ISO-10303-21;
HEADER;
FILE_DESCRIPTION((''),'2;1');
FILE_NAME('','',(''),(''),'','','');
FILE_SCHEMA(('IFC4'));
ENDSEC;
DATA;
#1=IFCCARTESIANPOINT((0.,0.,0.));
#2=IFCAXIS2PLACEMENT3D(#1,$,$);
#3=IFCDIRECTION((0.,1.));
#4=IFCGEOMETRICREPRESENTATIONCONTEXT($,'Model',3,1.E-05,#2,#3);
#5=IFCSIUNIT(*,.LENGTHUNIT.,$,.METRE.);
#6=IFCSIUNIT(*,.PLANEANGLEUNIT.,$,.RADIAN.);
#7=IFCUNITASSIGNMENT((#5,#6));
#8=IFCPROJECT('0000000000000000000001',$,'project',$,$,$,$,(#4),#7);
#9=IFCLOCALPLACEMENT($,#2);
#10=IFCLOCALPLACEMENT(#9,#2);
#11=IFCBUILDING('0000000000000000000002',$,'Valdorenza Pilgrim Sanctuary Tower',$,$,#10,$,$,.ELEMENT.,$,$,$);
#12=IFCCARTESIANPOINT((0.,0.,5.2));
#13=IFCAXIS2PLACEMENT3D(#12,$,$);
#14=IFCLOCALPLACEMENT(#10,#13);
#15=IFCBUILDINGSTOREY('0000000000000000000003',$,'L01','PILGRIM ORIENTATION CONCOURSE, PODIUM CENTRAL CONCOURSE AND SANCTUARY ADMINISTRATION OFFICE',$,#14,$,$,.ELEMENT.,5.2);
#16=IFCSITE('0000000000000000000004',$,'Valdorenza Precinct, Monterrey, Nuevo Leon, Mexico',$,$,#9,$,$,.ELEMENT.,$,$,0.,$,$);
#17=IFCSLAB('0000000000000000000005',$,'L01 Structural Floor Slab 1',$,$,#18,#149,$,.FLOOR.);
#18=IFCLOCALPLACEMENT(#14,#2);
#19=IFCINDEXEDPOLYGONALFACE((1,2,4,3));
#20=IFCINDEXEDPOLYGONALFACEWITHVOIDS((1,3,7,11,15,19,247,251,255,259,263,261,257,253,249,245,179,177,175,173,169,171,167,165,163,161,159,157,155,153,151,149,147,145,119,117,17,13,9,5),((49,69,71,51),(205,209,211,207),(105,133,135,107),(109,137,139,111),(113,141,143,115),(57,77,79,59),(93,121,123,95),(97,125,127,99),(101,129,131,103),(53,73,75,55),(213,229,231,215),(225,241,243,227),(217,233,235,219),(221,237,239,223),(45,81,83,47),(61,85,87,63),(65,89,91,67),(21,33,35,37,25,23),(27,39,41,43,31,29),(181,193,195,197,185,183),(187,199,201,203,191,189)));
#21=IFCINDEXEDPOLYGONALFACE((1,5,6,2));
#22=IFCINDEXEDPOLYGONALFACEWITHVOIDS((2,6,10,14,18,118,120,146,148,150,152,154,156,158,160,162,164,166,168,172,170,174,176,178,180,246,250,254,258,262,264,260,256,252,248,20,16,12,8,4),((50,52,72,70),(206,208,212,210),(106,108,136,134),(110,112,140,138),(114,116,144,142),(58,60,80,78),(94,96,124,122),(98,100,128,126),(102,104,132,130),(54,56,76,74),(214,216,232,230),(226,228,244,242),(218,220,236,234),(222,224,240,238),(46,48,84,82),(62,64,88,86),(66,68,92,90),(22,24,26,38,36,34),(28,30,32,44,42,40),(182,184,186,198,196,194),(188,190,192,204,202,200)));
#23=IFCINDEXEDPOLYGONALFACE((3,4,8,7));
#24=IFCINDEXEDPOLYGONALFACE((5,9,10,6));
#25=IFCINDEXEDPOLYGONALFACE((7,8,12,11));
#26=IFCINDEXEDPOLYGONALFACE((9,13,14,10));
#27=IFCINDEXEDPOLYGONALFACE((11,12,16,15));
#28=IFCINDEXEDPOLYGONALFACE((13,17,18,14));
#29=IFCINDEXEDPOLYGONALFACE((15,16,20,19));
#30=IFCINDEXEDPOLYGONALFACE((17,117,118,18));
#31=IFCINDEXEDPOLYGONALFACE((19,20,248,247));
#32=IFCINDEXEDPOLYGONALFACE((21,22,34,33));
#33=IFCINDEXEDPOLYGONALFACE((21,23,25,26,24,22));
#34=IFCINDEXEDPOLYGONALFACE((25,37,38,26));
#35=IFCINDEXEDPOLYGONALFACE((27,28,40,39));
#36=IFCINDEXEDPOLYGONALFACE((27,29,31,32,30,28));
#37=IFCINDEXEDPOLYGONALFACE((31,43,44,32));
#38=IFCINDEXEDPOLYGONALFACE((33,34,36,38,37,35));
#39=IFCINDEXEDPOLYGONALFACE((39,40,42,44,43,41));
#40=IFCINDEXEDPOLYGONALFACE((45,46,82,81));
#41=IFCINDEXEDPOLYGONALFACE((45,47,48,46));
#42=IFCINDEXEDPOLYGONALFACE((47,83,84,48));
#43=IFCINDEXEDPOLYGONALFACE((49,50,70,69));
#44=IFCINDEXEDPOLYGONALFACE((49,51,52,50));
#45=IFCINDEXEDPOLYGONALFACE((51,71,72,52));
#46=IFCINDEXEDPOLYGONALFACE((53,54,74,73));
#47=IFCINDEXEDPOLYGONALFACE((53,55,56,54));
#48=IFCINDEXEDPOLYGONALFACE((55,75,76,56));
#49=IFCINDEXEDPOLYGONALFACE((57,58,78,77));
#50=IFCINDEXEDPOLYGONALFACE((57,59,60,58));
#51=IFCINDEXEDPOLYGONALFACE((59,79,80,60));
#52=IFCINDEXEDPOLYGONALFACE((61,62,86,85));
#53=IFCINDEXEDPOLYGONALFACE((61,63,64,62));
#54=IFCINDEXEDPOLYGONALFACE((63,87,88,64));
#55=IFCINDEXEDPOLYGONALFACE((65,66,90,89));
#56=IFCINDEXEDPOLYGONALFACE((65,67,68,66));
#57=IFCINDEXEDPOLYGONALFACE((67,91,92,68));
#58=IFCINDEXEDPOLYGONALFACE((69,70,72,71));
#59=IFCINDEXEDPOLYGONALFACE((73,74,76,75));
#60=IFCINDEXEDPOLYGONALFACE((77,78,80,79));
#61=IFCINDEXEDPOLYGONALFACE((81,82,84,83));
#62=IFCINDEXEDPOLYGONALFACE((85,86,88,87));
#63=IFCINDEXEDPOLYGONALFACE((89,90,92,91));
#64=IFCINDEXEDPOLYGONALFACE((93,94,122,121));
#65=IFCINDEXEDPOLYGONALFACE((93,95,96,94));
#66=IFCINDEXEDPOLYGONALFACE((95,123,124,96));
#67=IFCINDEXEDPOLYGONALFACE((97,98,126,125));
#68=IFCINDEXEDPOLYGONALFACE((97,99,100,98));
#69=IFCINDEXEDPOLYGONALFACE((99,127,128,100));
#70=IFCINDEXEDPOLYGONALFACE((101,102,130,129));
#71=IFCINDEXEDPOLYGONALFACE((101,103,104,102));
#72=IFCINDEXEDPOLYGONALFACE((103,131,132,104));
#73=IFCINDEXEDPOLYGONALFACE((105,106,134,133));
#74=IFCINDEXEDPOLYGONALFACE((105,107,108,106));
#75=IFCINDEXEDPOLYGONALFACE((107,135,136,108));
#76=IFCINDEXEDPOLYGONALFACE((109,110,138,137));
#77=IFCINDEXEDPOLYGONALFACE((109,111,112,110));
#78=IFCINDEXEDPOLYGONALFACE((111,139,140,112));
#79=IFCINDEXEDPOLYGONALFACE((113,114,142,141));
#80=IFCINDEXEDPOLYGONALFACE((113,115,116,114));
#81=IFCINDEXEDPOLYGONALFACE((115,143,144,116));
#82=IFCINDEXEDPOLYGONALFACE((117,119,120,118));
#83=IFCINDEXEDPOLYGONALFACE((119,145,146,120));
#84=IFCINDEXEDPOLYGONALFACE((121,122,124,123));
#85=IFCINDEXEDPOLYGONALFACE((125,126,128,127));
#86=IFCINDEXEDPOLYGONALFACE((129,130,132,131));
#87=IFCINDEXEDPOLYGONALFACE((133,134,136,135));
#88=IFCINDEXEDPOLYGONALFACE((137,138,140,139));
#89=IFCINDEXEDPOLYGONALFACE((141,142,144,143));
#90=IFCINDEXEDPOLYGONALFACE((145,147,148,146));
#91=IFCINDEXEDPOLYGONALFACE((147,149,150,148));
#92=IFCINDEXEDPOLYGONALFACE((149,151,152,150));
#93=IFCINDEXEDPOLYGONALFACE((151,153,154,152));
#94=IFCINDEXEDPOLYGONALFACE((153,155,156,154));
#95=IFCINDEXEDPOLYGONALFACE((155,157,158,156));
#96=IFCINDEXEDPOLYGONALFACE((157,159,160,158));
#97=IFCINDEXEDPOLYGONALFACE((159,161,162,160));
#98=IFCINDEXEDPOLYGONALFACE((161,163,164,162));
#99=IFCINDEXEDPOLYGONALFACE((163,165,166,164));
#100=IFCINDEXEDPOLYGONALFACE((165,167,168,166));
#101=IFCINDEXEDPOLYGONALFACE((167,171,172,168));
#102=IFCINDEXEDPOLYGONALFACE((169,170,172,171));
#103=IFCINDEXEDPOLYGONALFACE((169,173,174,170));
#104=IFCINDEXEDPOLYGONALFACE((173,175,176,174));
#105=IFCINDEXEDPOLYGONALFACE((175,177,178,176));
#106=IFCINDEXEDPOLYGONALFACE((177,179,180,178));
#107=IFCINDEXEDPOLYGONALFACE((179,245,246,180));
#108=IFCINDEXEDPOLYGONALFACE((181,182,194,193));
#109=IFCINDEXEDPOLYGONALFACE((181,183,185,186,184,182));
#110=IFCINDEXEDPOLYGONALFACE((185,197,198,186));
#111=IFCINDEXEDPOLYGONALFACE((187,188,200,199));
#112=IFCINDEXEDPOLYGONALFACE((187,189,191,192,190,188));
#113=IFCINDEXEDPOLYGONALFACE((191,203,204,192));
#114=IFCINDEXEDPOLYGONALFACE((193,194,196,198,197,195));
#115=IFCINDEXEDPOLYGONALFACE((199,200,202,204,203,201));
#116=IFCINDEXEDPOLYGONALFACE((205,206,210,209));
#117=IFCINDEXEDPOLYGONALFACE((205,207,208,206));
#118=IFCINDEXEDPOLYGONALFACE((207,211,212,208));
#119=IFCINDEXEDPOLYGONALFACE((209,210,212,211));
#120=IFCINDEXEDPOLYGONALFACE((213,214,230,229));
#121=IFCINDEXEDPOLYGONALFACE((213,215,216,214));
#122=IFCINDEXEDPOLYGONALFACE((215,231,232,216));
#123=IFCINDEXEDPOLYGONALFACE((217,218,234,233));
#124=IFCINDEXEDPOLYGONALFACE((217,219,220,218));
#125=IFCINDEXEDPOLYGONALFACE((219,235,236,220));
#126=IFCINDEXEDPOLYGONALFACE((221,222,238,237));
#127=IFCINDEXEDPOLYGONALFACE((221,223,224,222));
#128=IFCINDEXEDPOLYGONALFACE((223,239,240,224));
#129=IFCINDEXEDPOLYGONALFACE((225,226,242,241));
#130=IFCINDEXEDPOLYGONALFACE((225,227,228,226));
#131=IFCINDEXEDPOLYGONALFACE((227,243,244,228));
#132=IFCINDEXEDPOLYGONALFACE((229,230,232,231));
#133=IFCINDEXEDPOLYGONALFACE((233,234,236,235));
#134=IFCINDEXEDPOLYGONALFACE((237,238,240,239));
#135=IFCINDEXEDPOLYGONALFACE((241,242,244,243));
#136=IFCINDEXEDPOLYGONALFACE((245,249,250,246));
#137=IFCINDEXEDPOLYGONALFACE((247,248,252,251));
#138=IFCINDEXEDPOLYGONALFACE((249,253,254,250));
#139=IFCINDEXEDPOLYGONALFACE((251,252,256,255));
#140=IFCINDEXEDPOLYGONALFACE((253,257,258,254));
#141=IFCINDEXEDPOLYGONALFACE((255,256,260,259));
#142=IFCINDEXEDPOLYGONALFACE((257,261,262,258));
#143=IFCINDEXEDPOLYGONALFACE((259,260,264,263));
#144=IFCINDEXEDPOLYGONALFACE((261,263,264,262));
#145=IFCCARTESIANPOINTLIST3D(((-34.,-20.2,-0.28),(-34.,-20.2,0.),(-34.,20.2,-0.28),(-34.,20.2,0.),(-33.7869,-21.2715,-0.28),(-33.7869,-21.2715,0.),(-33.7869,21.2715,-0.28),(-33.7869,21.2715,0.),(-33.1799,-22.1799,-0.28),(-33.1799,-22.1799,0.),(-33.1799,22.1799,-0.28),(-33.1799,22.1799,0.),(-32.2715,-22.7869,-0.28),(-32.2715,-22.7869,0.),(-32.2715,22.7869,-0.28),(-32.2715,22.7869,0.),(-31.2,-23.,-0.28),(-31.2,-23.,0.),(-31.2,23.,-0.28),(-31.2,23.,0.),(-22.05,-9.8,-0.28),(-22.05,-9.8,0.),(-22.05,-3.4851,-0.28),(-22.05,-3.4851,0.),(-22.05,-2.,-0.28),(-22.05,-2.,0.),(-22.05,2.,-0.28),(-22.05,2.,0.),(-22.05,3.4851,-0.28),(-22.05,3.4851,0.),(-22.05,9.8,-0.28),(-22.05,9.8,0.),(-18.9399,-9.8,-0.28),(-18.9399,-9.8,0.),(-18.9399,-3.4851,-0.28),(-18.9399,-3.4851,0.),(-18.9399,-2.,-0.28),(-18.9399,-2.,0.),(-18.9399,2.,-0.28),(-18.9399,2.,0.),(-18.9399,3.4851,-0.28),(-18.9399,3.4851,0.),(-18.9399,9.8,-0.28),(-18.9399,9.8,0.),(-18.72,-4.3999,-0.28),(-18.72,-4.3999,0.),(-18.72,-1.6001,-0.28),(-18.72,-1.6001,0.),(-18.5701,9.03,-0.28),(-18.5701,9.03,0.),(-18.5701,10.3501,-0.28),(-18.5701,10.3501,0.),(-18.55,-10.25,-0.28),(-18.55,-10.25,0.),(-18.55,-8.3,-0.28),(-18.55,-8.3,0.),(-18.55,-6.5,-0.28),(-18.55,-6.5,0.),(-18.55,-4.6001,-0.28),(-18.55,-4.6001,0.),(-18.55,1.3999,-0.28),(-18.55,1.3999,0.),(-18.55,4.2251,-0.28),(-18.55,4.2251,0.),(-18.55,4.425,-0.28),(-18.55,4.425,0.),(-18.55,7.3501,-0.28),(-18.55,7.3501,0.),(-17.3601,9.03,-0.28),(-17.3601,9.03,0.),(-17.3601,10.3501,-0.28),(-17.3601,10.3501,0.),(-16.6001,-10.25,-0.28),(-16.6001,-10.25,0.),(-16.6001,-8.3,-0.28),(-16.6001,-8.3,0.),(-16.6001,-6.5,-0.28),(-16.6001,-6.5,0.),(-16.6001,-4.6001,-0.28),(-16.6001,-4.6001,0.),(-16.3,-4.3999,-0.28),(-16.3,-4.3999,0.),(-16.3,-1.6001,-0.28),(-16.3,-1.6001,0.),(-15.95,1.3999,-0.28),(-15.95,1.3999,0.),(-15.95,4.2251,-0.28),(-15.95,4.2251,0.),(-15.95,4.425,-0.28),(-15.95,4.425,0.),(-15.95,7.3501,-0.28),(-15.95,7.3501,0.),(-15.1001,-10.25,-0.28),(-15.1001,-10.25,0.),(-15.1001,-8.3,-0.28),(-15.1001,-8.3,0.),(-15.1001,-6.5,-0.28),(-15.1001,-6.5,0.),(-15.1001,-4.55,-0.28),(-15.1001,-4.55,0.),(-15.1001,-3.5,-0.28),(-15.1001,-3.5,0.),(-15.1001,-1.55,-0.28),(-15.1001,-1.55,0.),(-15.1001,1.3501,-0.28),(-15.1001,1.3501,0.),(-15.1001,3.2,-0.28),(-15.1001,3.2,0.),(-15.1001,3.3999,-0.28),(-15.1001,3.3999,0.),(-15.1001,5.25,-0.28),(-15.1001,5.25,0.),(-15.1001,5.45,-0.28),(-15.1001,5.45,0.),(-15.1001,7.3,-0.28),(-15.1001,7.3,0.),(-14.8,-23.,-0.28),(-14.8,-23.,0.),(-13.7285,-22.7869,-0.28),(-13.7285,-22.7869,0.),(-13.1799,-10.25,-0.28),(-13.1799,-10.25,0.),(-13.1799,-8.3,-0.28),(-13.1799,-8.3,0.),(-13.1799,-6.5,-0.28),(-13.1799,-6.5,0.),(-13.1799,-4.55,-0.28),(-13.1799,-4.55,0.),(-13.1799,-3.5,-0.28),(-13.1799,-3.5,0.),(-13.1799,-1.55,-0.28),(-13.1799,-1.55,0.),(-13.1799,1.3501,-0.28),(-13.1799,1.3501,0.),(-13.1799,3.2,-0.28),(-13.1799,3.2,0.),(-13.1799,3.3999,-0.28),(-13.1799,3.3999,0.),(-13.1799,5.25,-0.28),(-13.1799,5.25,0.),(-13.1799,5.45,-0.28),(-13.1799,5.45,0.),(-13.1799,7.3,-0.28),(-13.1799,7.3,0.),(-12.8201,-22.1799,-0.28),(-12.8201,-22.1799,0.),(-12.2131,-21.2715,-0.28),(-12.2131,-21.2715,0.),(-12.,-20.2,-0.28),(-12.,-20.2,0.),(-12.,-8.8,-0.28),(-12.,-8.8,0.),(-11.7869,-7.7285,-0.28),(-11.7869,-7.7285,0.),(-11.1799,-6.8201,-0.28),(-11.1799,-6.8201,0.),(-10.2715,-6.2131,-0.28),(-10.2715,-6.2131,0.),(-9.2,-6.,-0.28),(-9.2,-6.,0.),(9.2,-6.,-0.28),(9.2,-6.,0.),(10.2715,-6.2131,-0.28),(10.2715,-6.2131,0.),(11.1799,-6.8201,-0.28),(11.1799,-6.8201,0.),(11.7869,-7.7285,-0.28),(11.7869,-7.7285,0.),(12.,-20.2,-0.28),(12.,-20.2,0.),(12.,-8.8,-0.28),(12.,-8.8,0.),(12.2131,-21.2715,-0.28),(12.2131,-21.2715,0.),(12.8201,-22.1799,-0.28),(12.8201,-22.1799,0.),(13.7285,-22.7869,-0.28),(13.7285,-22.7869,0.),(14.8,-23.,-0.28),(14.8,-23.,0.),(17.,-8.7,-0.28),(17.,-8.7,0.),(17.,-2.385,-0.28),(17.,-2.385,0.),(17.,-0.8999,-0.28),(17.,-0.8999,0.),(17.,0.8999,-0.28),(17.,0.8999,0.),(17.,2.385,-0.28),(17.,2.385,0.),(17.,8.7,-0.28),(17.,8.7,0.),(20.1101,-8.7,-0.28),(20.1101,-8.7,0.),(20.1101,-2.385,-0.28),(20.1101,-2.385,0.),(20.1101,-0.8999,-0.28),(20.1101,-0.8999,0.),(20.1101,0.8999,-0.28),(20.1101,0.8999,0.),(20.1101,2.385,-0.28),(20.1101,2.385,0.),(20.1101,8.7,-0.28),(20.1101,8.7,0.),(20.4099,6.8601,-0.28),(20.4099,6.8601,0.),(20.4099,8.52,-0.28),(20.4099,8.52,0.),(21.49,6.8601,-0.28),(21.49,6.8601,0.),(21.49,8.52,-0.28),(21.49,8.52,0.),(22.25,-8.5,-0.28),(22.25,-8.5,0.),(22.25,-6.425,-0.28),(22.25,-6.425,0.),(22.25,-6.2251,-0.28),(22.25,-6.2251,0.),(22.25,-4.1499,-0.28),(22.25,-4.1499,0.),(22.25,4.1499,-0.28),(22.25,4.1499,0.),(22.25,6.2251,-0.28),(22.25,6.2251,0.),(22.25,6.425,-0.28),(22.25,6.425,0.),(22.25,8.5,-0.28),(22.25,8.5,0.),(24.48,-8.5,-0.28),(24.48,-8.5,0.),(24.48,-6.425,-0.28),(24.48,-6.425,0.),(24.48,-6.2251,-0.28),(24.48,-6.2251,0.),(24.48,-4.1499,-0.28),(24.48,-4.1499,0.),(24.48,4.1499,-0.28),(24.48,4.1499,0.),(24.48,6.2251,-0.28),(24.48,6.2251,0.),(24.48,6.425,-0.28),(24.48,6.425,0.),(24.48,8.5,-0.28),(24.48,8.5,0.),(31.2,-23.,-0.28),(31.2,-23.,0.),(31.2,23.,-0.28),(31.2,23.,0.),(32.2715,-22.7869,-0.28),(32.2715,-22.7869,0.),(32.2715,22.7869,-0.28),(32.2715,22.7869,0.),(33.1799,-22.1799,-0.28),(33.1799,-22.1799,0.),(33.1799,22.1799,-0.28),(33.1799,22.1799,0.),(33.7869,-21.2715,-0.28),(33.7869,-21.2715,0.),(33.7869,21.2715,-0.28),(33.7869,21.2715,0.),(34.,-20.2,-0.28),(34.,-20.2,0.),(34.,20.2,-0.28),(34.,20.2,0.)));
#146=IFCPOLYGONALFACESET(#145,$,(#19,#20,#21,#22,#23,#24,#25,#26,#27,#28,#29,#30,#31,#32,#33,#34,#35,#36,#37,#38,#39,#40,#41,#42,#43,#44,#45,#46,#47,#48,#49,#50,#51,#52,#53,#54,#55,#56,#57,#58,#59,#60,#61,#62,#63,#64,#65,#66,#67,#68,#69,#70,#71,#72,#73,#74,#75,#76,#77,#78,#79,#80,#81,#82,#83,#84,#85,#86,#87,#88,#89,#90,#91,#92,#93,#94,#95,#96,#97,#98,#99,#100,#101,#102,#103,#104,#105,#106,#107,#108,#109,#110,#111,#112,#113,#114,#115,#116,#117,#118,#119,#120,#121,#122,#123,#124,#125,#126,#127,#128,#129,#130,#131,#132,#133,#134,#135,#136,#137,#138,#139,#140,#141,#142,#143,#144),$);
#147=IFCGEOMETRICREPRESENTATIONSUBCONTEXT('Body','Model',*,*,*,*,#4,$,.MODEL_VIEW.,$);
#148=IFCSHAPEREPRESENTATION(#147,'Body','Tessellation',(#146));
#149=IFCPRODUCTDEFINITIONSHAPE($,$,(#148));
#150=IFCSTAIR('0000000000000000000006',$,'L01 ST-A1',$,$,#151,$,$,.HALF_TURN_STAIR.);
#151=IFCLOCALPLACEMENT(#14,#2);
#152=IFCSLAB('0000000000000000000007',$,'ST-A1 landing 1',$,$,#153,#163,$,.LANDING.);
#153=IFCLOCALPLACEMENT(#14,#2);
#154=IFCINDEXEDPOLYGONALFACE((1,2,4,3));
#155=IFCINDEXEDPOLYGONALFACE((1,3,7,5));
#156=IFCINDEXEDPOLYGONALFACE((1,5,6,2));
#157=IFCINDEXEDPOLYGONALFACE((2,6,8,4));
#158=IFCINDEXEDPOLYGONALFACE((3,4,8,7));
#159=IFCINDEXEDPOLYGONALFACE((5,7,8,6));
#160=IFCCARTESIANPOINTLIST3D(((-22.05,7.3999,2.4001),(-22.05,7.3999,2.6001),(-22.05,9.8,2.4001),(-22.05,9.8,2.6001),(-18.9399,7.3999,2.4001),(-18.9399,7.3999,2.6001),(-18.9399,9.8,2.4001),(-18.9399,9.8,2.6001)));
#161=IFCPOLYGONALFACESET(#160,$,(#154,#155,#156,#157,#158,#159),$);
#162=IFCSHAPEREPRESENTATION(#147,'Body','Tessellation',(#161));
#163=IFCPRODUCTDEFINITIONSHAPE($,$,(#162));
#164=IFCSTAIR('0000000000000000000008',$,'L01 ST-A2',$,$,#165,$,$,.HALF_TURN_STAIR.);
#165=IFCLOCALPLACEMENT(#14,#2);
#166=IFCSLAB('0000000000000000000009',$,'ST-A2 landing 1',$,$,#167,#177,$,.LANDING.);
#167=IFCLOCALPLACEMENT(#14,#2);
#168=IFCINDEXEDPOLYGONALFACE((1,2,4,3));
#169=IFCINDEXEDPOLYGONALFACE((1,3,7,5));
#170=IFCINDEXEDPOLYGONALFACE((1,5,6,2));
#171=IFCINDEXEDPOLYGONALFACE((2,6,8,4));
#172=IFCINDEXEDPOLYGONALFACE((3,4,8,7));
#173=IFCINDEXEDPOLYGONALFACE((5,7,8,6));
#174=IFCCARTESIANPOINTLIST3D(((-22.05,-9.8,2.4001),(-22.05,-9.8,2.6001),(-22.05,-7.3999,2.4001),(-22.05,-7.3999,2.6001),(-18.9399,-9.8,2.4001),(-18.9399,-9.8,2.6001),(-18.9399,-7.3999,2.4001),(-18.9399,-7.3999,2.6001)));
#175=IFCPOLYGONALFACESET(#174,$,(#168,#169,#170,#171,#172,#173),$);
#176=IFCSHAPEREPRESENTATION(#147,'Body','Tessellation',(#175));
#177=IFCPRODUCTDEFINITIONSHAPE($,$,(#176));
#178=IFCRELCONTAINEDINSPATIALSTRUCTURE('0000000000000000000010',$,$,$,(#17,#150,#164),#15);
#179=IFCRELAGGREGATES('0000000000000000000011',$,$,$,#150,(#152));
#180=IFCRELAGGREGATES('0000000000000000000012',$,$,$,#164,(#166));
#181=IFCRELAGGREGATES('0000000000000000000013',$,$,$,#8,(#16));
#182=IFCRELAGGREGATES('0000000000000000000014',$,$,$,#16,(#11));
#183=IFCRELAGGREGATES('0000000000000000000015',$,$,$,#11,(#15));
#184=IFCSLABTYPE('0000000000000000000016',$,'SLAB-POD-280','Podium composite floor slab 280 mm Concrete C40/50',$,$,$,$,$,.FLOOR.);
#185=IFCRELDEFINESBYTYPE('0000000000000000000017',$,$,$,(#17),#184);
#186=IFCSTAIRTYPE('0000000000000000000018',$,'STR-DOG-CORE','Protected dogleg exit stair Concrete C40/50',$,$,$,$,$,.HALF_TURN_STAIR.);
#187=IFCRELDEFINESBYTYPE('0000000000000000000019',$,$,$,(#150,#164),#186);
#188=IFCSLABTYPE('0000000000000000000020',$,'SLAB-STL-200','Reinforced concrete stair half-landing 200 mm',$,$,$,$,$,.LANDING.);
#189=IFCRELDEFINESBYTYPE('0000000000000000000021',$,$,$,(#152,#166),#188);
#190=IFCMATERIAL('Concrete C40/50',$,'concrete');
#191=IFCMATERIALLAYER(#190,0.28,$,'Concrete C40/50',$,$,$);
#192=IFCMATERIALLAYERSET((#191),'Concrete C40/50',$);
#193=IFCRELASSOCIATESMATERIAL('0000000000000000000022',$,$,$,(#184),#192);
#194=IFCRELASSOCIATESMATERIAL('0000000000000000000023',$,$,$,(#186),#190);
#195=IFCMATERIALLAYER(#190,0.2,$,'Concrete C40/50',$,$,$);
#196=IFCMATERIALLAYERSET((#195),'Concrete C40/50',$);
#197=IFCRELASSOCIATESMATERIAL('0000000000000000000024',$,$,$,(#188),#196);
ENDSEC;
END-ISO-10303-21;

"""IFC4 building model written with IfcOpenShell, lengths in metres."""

from ifc_helpers import new_model, si_unit, direction, frame, origin, place, context, subcontext, project, spatial, polyline, outline, extrude, material, layer, layer_set, type_object, element, aggregate, save


model = new_model("IFC4")

# Units and contexts
model_context = context("Model", 3, precision=1e-05, world=origin(), true_north=direction((0.0, 1.0)))
body_context = subcontext(model_context, "Body", "Model", "MODEL_VIEW")
ifc_project = project(units=[si_unit("LENGTHUNIT", "METRE"), si_unit("PLANEANGLEUNIT", "RADIAN")], contexts=[model_context])

# Site, building, storey
site_placement = place(None, origin())
site = spatial("IfcSite", under=ifc_project, at=site_placement, Name="Valdorenza Precinct, Monterrey, Nuevo Leon, Mexico", CompositionType="ELEMENT", RefElevation=0.0)
building_placement = place(site_placement, origin())
building = spatial("IfcBuilding", under=site, at=building_placement, Name="Valdorenza Pilgrim Sanctuary Tower", CompositionType="ELEMENT")
storey_placement = place(building_placement, frame((0.0, 0.0, 5.2)))
storey = spatial("IfcBuildingStorey", under=building, at=storey_placement, Name="L01", Description="PILGRIM ORIENTATION CONCOURSE, PODIUM CENTRAL CONCOURSE AND SANCTUARY ADMINISTRATION OFFICE", CompositionType="ELEMENT", Elevation=5.2)

# Slab
ifc_material_1 = material(Name="Concrete C40/50", Category="concrete")
ifc_layer_1 = layer(ifc_material_1, 0.28, Name="Concrete C40/50")
ifc_layer_set_1 = layer_set([ifc_layer_1], Name="Concrete C40/50")
slab_type_1 = type_object("IfcSlabType", Name="SLAB-POD-280", Description="Podium composite floor slab 280 mm Concrete C40/50", PredefinedType="FLOOR", material=ifc_layer_set_1)
slab_1_placement = place(storey_placement, frame((0.0, 0.0, -0.28)))
element("IfcSlab", 1, at=slab_1_placement, inside=storey, type_object=slab_type_1, Name="L01 Structural Floor Slab 1", PredefinedType="FLOOR", context=body_context, shape_type="SweptSolid", body=[
    extrude(outline(polyline([(-34.0, 20.2), (-33.7869, 21.2715), (-33.1799, 22.1799), (-32.2715, 22.7869), (-31.2, 23.0), (31.2, 23.0), (32.2715, 22.7869), (33.1799, 22.1799), (33.7869, 21.2715), (34.0, 20.2), (34.0, -20.2), (33.7869, -21.2715), (33.1799, -22.1799), (32.2715, -22.7869), (31.2, -23.0), (14.8, -23.0), (13.7285, -22.7869), (12.8201, -22.1799), (12.2131, -21.2715), (12.0, -20.2), (12.0, -8.8), (11.7869, -7.7285), (11.1799, -6.8201), (10.2715, -6.2131), (9.2, -6.0), (-9.2, -6.0), (-10.2715, -6.2131), (-11.1799, -6.8201), (-11.7869, -7.7285), (-12.0, -8.8), (-12.0, -20.2), (-12.2131, -21.2715), (-12.8201, -22.1799), (-13.7285, -22.7869), (-14.8, -23.0), (-31.2, -23.0), (-32.2715, -22.7869), (-33.1799, -22.1799), (-33.7869, -21.2715), (-34.0, -20.2), (-34.0, 20.2)]), holes=[polyline([(-16.6001, -10.25), (-16.6001, -8.3), (-18.55, -8.3), (-18.55, -10.25), (-16.6001, -10.25)]), polyline([(-22.05, -9.8), (-18.9399, -9.8), (-18.9399, -3.4851), (-18.9399, -2.0), (-22.05, -2.0), (-22.05, -3.4851), (-22.05, -9.8)]), polyline([(-18.55, -6.5), (-16.6001, -6.5), (-16.6001, -4.6001), (-18.55, -4.6001), (-18.55, -6.5)]), polyline([(-13.1799, -6.5), (-13.1799, -4.55), (-15.1001, -4.55), (-15.1001, -6.5), (-13.1799, -6.5)]), polyline([(-18.72, -4.3999), (-16.3, -4.3999), (-16.3, -1.6001), (-18.72, -1.6001), (-18.72, -4.3999)]), polyline([(-13.1799, -3.5), (-13.1799, -1.55), (-15.1001, -1.55), (-15.1001, -3.5), (-13.1799, -3.5)]), polyline([(-22.05, 2.0), (-18.9399, 2.0), (-18.9399, 3.4851), (-18.9399, 9.8), (-22.05, 9.8), (-22.05, 3.4851), (-22.05, 2.0)]), polyline([(-18.55, 1.3999), (-15.95, 1.3999), (-15.95, 4.2251), (-18.55, 4.2251), (-18.55, 1.3999)]), polyline([(-15.95, 4.425), (-15.95, 7.3501), (-18.55, 7.3501), (-18.55, 4.425), (-15.95, 4.425)]), polyline([(-15.1001, 5.45), (-13.1799, 5.45), (-13.1799, 7.3), (-15.1001, 7.3), (-15.1001, 5.45)]), polyline([(-17.3601, 9.03), (-17.3601, 10.3501), (-18.5701, 10.3501), (-18.5701, 9.03), (-17.3601, 9.03)]), polyline([(-15.1001, -10.25), (-13.1799, -10.25), (-13.1799, -8.3), (-15.1001, -8.3), (-15.1001, -10.25)]), polyline([(22.25, -8.5), (24.48, -8.5), (24.48, -6.425), (22.25, -6.425), (22.25, -8.5)]), polyline([(17.0, -2.385), (17.0, -8.7), (20.1101, -8.7), (20.1101, -2.385), (20.1101, -0.8999), (17.0, -0.8999), (17.0, -2.385)]), polyline([(22.25, -6.2251), (24.48, -6.2251), (24.48, -4.1499), (22.25, -4.1499), (22.25, -6.2251)]), polyline([(17.0, 0.8999), (20.1101, 0.8999), (20.1101, 2.385), (20.1101, 8.7), (17.0, 8.7), (17.0, 2.385), (17.0, 0.8999)]), polyline([(-15.1001, 1.3501), (-13.1799, 1.3501), (-13.1799, 3.2), (-15.1001, 3.2), (-15.1001, 1.3501)]), polyline([(-15.1001, 3.3999), (-13.1799, 3.3999), (-13.1799, 5.25), (-15.1001, 5.25), (-15.1001, 3.3999)]), polyline([(22.25, 4.1499), (24.48, 4.1499), (24.48, 6.2251), (22.25, 6.2251), (22.25, 4.1499)]), polyline([(22.25, 6.425), (24.48, 6.425), (24.48, 8.5), (22.25, 8.5), (22.25, 6.425)]), polyline([(20.4099, 6.8601), (21.49, 6.8601), (21.49, 8.52), (20.4099, 8.52), (20.4099, 6.8601)])]), origin(), (0.0, 0.0, 1.0), 0.28),
])

# Stairs, slabs
stair_type = type_object("IfcStairType", Name="STR-DOG-CORE", Description="Protected dogleg exit stair Concrete C40/50", PredefinedType="HALF_TURN_STAIR", material=ifc_material_1)
stair_1_placement = place(storey_placement, origin())
stair_1 = element("IfcStair", 2, at=stair_1_placement, inside=storey, type_object=stair_type, Name="L01 ST-A1", PredefinedType="HALF_TURN_STAIR")
ifc_layer_2 = layer(ifc_material_1, 0.2, Name="Concrete C40/50")
ifc_layer_set_2 = layer_set([ifc_layer_2], Name="Concrete C40/50")
slab_type_2 = type_object("IfcSlabType", Name="SLAB-STL-200", Description="Reinforced concrete stair half-landing 200 mm", PredefinedType="LANDING", material=ifc_layer_set_2)
slab_2_placement = place(storey_placement, frame((0.0, 0.0, 2.4001)))
slab_2 = element("IfcSlab", 3, at=slab_2_placement, type_object=slab_type_2, Name="ST-A1 landing 1", PredefinedType="LANDING", context=body_context, shape_type="SweptSolid", body=[
    extrude(outline(polyline([(-18.9399, 7.3999), (-18.9399, 9.8), (-22.05, 9.8), (-22.05, 7.3999), (-18.9399, 7.3999)])), origin(), (0.0, 0.0, 1.0), 0.2),
])
aggregate(stair_1, [slab_2])
stair_2_placement = place(storey_placement, origin())
stair_2 = element("IfcStair", 4, at=stair_2_placement, inside=storey, type_object=stair_type, Name="L01 ST-A2", PredefinedType="HALF_TURN_STAIR")
slab_3_placement = place(storey_placement, frame((0.0, 0.0, 2.4001)))
slab_3 = element("IfcSlab", 5, at=slab_3_placement, type_object=slab_type_2, Name="ST-A2 landing 1", PredefinedType="LANDING", context=body_context, shape_type="SweptSolid", body=[
    extrude(outline(polyline([(-22.05, -7.3999), (-22.05, -9.8), (-18.9399, -9.8), (-18.9399, -7.3999), (-22.05, -7.3999)])), origin(), (0.0, 0.0, 1.0), 0.2),
])
aggregate(stair_2, [slab_3])

save(model, "model.ifc")
